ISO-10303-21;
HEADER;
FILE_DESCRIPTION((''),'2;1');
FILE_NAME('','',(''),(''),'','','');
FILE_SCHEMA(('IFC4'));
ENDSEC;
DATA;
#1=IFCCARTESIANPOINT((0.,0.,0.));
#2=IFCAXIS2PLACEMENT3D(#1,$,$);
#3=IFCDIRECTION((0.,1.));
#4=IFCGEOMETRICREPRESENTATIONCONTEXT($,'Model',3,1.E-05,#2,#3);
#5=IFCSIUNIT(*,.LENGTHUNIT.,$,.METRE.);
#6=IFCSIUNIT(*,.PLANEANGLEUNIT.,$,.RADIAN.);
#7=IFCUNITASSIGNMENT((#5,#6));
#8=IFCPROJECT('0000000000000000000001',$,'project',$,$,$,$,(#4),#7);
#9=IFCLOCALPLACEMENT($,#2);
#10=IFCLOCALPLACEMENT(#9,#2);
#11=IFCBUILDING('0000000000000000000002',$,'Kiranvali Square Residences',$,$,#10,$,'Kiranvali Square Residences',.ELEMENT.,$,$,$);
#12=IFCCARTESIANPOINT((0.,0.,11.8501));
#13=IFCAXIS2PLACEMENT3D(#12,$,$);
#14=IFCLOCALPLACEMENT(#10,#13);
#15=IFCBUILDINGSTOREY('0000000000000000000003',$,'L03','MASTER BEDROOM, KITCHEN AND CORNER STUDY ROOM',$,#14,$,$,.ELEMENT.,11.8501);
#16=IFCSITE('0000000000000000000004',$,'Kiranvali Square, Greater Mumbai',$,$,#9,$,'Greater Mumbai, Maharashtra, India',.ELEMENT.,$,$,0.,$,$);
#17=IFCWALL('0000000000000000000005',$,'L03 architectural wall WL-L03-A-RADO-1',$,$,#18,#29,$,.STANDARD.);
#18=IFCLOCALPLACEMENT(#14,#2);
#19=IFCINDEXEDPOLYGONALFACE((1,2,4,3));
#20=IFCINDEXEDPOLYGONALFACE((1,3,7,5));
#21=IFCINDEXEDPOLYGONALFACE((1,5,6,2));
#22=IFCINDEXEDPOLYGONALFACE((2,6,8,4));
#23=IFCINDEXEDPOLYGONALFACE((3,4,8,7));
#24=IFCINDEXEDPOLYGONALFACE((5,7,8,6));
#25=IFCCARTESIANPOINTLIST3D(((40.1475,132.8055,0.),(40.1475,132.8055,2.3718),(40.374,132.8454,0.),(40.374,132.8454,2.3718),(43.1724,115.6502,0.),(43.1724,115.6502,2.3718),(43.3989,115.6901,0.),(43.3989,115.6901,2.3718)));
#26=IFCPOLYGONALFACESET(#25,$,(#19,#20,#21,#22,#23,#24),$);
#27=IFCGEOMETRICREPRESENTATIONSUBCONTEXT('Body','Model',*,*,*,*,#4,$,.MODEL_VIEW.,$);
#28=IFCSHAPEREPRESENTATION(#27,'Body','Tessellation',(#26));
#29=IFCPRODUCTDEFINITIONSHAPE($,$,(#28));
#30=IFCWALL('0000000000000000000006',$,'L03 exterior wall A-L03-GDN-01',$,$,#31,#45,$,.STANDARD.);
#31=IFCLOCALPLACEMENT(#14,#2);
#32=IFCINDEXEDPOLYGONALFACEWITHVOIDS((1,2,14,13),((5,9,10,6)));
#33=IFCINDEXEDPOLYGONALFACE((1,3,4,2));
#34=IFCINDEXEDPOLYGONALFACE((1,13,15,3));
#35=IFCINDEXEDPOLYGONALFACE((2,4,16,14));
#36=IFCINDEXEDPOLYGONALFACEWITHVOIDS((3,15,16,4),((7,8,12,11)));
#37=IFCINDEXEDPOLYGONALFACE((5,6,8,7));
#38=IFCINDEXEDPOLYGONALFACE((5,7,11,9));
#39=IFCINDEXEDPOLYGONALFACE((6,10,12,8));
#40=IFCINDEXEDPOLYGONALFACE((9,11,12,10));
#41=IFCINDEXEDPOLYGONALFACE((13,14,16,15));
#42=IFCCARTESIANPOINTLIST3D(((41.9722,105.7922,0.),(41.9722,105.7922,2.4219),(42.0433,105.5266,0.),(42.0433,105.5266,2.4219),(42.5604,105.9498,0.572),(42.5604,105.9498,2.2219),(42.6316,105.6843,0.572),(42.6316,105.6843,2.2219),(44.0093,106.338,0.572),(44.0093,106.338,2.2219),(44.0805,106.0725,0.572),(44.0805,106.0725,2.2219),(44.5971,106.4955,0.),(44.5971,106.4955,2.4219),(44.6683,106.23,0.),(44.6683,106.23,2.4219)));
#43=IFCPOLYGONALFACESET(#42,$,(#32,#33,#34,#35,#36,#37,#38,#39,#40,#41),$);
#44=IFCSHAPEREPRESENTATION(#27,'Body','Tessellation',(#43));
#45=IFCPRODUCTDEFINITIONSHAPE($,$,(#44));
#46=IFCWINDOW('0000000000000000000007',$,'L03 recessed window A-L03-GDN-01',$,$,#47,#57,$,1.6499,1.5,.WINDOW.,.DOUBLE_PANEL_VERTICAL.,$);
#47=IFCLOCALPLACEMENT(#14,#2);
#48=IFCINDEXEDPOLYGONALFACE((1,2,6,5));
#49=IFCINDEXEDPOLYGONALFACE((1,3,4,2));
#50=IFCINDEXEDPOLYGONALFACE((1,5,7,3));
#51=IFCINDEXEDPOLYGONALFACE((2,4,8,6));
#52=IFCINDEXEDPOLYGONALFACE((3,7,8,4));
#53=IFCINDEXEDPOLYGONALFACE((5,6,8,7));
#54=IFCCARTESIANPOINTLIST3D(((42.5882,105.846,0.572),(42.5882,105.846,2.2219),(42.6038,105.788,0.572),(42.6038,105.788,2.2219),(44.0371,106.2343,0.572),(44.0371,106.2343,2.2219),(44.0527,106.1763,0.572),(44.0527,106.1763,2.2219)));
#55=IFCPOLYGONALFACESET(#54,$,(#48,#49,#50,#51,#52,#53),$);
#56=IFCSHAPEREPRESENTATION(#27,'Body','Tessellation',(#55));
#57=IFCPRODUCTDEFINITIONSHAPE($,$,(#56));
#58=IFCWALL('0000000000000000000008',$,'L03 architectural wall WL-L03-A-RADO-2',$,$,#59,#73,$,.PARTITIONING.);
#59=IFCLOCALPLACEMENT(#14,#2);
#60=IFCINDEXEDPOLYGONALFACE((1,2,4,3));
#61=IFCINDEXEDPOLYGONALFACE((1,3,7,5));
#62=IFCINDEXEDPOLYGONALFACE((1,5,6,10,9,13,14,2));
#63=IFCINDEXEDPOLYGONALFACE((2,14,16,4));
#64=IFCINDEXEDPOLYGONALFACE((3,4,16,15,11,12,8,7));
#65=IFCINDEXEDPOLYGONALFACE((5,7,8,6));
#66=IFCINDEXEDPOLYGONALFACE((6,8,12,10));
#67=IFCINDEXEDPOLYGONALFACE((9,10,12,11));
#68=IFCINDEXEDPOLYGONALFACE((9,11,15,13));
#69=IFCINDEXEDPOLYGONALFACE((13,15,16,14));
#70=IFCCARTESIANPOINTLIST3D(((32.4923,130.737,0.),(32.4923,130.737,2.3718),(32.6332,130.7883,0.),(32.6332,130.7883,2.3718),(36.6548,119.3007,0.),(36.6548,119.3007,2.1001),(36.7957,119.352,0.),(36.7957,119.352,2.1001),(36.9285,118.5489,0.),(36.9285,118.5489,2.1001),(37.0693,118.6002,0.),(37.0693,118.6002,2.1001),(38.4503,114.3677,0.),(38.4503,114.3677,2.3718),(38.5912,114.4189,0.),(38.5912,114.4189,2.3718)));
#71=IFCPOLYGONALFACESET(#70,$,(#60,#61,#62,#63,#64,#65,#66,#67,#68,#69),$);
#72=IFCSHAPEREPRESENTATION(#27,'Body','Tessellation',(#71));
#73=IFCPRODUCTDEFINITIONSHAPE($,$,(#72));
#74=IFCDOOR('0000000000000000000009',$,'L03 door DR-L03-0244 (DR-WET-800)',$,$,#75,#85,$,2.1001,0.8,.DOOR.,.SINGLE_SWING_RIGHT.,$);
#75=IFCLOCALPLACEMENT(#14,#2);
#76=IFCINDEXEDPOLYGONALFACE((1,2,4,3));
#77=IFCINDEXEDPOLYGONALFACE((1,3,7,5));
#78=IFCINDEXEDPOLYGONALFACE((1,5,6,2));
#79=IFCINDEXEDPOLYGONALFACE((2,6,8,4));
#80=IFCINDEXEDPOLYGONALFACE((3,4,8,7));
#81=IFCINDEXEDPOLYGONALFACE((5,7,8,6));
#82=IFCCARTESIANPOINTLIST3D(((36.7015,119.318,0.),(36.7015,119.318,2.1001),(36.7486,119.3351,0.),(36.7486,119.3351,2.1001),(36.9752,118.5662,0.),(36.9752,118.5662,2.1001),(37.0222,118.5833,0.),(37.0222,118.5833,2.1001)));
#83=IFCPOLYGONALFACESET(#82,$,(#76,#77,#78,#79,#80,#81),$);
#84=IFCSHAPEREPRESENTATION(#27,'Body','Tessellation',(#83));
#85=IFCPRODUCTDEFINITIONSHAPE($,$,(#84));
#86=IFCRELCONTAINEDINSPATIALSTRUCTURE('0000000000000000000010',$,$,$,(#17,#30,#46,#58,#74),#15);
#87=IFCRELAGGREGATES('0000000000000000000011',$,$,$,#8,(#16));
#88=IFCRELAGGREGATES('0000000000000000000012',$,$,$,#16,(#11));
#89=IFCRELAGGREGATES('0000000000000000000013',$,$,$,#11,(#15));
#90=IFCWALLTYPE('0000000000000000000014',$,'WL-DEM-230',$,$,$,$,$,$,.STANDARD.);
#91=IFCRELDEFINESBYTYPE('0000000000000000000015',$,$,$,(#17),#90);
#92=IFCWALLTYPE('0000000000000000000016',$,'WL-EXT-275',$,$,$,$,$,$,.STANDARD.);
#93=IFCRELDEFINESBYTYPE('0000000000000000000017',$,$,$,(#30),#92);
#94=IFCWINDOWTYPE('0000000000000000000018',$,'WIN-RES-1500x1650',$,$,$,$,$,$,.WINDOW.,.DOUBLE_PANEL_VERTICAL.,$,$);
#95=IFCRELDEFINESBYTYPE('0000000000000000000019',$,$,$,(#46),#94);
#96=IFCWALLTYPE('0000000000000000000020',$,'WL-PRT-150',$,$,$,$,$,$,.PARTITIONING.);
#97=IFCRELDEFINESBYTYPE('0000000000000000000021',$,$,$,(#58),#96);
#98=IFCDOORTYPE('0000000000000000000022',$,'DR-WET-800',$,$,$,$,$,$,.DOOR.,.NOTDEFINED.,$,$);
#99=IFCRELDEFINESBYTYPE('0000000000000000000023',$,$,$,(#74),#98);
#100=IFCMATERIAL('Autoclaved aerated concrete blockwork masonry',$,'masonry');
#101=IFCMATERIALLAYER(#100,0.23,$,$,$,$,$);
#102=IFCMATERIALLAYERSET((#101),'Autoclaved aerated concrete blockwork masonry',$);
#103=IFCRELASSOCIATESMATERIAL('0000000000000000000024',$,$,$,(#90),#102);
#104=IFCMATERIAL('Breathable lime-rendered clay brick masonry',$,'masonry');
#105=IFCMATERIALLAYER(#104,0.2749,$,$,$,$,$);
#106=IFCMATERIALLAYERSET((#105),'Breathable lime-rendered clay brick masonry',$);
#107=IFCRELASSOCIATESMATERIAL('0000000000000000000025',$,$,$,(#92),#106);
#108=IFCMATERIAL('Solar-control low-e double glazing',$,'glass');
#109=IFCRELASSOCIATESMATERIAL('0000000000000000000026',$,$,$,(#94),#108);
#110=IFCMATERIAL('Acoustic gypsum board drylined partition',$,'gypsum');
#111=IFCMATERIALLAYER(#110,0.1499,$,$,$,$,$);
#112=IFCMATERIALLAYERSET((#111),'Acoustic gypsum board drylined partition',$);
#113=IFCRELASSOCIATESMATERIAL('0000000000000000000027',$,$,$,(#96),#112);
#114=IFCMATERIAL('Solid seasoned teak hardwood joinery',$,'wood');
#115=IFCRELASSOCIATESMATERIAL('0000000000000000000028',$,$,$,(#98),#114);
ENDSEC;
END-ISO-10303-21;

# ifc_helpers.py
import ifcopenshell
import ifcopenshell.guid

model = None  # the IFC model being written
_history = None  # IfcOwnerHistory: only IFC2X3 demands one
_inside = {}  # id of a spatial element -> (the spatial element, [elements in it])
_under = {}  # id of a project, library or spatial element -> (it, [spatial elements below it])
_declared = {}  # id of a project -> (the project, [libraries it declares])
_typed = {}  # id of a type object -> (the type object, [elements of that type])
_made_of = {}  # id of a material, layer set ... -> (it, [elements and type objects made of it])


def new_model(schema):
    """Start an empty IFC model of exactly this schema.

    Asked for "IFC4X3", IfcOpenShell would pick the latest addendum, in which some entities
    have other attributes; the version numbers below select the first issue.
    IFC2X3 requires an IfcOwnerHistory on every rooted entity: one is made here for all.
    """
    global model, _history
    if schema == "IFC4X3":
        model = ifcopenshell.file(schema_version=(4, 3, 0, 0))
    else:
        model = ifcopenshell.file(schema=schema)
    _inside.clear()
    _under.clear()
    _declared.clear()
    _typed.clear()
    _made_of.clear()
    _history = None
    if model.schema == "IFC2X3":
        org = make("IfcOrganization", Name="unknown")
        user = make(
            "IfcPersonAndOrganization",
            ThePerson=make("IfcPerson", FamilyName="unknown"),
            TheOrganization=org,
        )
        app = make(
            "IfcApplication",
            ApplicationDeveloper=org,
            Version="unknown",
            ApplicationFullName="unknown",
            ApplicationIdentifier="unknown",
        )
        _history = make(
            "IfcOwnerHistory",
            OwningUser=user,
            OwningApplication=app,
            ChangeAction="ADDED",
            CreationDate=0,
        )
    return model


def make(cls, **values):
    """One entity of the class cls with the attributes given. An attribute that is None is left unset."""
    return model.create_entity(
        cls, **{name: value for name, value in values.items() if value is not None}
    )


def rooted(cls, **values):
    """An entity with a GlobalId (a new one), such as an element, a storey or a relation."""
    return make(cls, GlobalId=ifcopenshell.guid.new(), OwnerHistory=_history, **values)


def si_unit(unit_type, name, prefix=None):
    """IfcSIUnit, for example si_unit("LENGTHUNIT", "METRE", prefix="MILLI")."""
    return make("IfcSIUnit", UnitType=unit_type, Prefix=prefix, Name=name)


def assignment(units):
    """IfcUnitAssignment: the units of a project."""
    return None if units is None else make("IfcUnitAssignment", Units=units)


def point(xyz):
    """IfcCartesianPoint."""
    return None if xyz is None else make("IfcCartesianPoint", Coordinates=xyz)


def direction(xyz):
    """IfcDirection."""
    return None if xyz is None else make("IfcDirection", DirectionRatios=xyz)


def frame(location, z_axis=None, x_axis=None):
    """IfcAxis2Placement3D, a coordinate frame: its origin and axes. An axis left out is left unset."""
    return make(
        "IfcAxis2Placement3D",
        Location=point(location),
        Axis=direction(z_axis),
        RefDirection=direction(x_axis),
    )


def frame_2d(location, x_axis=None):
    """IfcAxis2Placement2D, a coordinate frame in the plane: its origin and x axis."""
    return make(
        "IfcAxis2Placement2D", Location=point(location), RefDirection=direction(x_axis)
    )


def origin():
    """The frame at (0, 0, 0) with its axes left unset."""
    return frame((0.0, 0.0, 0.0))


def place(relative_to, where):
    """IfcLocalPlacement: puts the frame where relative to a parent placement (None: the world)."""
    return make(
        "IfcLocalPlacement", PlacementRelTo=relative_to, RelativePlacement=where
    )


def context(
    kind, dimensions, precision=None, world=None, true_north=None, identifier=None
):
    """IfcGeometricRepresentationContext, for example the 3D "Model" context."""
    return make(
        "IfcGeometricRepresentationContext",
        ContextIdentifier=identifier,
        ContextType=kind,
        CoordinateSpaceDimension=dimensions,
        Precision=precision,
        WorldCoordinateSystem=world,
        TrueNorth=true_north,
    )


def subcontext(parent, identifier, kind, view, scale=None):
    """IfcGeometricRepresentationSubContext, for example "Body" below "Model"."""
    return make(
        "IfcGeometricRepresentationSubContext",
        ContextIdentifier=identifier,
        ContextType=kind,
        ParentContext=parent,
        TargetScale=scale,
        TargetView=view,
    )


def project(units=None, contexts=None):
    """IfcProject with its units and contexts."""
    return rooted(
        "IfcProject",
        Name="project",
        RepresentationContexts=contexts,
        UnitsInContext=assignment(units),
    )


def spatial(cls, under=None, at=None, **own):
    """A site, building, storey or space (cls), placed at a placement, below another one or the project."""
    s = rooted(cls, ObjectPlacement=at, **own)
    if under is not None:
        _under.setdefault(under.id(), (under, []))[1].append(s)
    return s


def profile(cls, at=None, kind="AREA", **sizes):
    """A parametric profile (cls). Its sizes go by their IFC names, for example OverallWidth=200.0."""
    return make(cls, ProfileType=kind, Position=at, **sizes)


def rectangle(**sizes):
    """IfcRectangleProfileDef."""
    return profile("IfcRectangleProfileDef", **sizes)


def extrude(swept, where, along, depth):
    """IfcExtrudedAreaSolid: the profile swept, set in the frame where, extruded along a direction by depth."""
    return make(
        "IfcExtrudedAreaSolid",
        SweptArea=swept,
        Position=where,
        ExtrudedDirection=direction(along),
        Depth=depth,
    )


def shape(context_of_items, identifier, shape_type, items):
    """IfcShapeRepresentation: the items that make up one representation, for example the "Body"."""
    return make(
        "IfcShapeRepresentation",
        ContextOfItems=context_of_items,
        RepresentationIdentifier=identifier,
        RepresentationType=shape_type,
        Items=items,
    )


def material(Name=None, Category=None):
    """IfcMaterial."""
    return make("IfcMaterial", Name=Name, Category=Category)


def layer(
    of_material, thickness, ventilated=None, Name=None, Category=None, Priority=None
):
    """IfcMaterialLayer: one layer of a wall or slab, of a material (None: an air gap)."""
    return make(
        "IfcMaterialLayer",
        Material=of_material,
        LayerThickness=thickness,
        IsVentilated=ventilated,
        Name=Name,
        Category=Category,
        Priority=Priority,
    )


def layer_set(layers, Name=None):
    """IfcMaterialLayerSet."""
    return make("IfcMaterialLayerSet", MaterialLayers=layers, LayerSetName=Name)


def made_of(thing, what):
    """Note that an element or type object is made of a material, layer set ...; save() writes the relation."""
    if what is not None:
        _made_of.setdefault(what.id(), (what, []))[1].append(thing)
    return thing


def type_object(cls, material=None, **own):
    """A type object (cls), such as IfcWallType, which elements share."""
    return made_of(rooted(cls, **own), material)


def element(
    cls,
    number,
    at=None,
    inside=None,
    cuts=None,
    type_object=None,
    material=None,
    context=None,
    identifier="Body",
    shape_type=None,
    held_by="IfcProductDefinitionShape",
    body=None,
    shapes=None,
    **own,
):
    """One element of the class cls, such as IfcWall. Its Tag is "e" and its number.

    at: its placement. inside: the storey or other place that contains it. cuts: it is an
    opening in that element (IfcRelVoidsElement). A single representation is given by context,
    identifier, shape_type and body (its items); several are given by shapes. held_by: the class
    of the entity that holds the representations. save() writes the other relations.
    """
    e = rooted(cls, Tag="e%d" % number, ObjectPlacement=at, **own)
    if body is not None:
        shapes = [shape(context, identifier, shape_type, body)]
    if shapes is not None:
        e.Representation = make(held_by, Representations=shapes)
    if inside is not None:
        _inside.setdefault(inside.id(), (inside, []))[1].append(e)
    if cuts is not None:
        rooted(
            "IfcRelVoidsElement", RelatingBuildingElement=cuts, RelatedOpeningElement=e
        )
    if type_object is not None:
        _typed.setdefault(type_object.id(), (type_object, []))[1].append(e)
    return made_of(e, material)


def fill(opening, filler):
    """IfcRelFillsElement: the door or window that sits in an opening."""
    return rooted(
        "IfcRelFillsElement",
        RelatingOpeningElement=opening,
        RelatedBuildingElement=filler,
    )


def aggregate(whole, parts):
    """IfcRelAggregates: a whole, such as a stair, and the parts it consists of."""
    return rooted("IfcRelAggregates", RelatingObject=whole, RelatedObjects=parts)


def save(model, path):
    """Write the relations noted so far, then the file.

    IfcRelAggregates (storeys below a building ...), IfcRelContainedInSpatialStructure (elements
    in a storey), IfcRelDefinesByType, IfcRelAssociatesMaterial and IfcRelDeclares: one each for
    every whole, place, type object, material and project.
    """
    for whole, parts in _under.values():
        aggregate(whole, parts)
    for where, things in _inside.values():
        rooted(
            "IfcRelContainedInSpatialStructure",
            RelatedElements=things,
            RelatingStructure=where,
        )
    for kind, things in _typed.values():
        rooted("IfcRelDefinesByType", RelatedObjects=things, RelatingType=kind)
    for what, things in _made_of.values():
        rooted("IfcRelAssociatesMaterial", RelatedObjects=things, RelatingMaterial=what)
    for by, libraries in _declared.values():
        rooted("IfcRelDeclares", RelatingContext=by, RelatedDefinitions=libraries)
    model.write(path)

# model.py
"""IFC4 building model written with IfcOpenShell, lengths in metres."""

from ifc_helpers import new_model, si_unit, direction, frame, frame_2d, origin, place, context, subcontext, project, spatial, rectangle, extrude, material, layer, layer_set, type_object, element, fill, save


model = new_model("IFC4")

# Units and contexts
model_context = context("Model", 3, precision=1e-05, world=origin(), true_north=direction((0.0, 1.0)))
body_context = subcontext(model_context, "Body", "Model", "MODEL_VIEW")
ifc_project = project(units=[si_unit("LENGTHUNIT", "METRE"), si_unit("PLANEANGLEUNIT", "RADIAN")], contexts=[model_context])

# Site, building, storey
site_placement = place(None, origin())
site = spatial("IfcSite", under=ifc_project, at=site_placement, Name="Kiranvali Square, Greater Mumbai", LongName="Greater Mumbai, Maharashtra, India", CompositionType="ELEMENT", RefElevation=0.0)
building_placement = place(site_placement, origin())
building = spatial("IfcBuilding", under=site, at=building_placement, Name="Kiranvali Square Residences", LongName="Kiranvali Square Residences", CompositionType="ELEMENT")
storey_placement = place(building_placement, frame((0.0, 0.0, 11.8501)))
storey = spatial("IfcBuildingStorey", under=building, at=storey_placement, Name="L03", Description="MASTER BEDROOM, KITCHEN AND CORNER STUDY ROOM", CompositionType="ELEMENT", Elevation=11.8501)

# Shared definitions
ifc_material_1 = material(Name="Autoclaved aerated concrete blockwork masonry", Category="masonry")

# Wall
ifc_layer_1 = layer(ifc_material_1, 0.23)
ifc_layer_set_1 = layer_set([ifc_layer_1], Name="Autoclaved aerated concrete blockwork masonry")
wall_type_1 = type_object("IfcWallType", Name="WL-DEM-230", PredefinedType="STANDARD", material=ifc_layer_set_1)
wall_1_placement = place(storey_placement, frame((43.2856, 115.6702, 0.0), z_axis=(0.0, 0.0, 1.0), x_axis=(-0.173646, 0.984808, 0.0)))
element("IfcWall", 1, at=wall_1_placement, inside=storey, type_object=wall_type_1, Name="L03 architectural wall WL-L03-A-RADO-1", PredefinedType="STANDARD", context=body_context, shape_type="SweptSolid", body=[
    extrude(rectangle(XDim=17.4199, YDim=0.23, at=frame_2d((8.71, 0.0))), origin(), (0.0, 0.0, 1.0), 2.3718),
])

# Wall, opening, window
ifc_material_2 = material(Name="Breathable lime-rendered clay brick masonry", Category="masonry")
ifc_layer_2 = layer(ifc_material_2, 0.2749)
ifc_layer_set_2 = layer_set([ifc_layer_2], Name="Breathable lime-rendered clay brick masonry")
wall_type_2 = type_object("IfcWallType", Name="WL-EXT-275", PredefinedType="STANDARD", material=ifc_layer_set_2)
wall_2_placement = place(storey_placement, frame((44.6328, 106.3628, 0.0), z_axis=(0.0, 0.0, 1.0), x_axis=(-0.965926, -0.25882, 0.0)))
wall_2 = element("IfcWall", 2, at=wall_2_placement, inside=storey, type_object=wall_type_2, Name="L03 exterior wall A-L03-GDN-01", PredefinedType="STANDARD", context=body_context, shape_type="SweptSolid", body=[
    extrude(rectangle(XDim=2.7175, YDim=0.2749, at=frame_2d((1.3589, 0.0))), origin(), (0.0, 0.0, 1.0), 2.4219),
])
opening_1_placement = place(wall_2_placement, frame((0.6086, 0.0, 0.572)))
opening_1 = element("IfcOpeningElement", 3, at=opening_1_placement, cuts=wall_2, PredefinedType="OPENING", context=body_context, shape_type="SweptSolid", body=[
    extrude(rectangle(XDim=1.5, YDim=1.6499, at=frame_2d((0.75, 0.825))), frame((0.0, 0.1475, 0.0), z_axis=(0.0, -1.0, 0.0), x_axis=(1.0, 0.0, 0.0)), (0.0, 0.0, 1.0), 0.2949),
])
ifc_material_3 = material(Name="Solar-control low-e double glazing", Category="glass")
window_type = type_object("IfcWindowType", Name="WIN-RES-1500x1650", PartitioningType="DOUBLE_PANEL_VERTICAL", PredefinedType="WINDOW", material=ifc_material_3)
window_placement = place(opening_1_placement, origin())
window = element("IfcWindow", 4, at=window_placement, inside=storey, type_object=window_type, Name="L03 recessed window A-L03-GDN-01", OverallHeight=1.6499, OverallWidth=1.5, PartitioningType="DOUBLE_PANEL_VERTICAL", PredefinedType="WINDOW", context=body_context, shape_type="SweptSolid", body=[
    extrude(rectangle(XDim=1.5, YDim=1.6499, at=frame_2d((0.75, 0.825))), frame((0.0, 0.03, 0.0), z_axis=(0.0, -1.0, 0.0), x_axis=(1.0, 0.0, 0.0)), (0.0, 0.0, 1.0), 0.0601),
])
fill(opening_1, window)

# Wall, opening, door
ifc_material_4 = material(Name="Acoustic gypsum board drylined partition", Category="gypsum")
ifc_layer_3 = layer(ifc_material_4, 0.1499)
ifc_layer_set_3 = layer_set([ifc_layer_3], Name="Acoustic gypsum board drylined partition")
wall_type_3 = type_object("IfcWallType", Name="WL-PRT-150", PredefinedType="PARTITIONING", material=ifc_layer_set_3)
wall_3_placement = place(storey_placement, frame((38.5208, 114.3933, 0.0), z_axis=(0.0, 0.0, 1.0), x_axis=(-0.342022, 0.939692, 0.0)))
wall_3 = element("IfcWall", 5, at=wall_3_placement, inside=storey, type_object=wall_type_3, Name="L03 architectural wall WL-L03-A-RADO-2", PredefinedType="PARTITIONING", context=body_context, shape_type="SweptSolid", body=[
    extrude(rectangle(XDim=17.4199, YDim=0.1499, at=frame_2d((8.71, 0.0))), origin(), (0.0, 0.0, 1.0), 2.3718),
])
opening_2_placement = place(wall_3_placement, frame((4.4497, 0.0, 0.0)))
opening_2 = element("IfcOpeningElement", 6, at=opening_2_placement, cuts=wall_3, PredefinedType="OPENING", context=body_context, shape_type="SweptSolid", body=[
    extrude(rectangle(XDim=0.8, YDim=2.1001, at=frame_2d((0.3999, 1.05))), frame((0.0, 0.085, 0.0), z_axis=(0.0, -1.0, 0.0), x_axis=(1.0, 0.0, 0.0)), (0.0, 0.0, 1.0), 0.1699),
])
ifc_material_5 = material(Name="Solid seasoned teak hardwood joinery", Category="wood")
door_type_1 = type_object("IfcDoorType", Name="DR-WET-800", OperationType="NOTDEFINED", PredefinedType="DOOR", material=ifc_material_5)
door_1_placement = place(opening_2_placement, frame((0.8, 0.0, 0.0), z_axis=(0.0, 0.0, 1.0), x_axis=(-1.0, 0.0, 0.0)))
door_1 = element("IfcDoor", 7, at=door_1_placement, inside=storey, type_object=door_type_1, Name="L03 door DR-L03-0244 (DR-WET-800)", OperationType="SINGLE_SWING_RIGHT", OverallHeight=2.1001, OverallWidth=0.8, PredefinedType="DOOR", context=body_context, shape_type="SweptSolid", body=[
    extrude(rectangle(XDim=0.8, YDim=2.1001, at=frame_2d((0.3999, 1.05))), frame((0.0, 0.0249, 0.0), z_axis=(0.0, -1.0, 0.0), x_axis=(1.0, 0.0, 0.0)), (0.0, 0.0, 1.0), 0.05),
])
fill(opening_2, door_1)

save(model, "model.ifc")
